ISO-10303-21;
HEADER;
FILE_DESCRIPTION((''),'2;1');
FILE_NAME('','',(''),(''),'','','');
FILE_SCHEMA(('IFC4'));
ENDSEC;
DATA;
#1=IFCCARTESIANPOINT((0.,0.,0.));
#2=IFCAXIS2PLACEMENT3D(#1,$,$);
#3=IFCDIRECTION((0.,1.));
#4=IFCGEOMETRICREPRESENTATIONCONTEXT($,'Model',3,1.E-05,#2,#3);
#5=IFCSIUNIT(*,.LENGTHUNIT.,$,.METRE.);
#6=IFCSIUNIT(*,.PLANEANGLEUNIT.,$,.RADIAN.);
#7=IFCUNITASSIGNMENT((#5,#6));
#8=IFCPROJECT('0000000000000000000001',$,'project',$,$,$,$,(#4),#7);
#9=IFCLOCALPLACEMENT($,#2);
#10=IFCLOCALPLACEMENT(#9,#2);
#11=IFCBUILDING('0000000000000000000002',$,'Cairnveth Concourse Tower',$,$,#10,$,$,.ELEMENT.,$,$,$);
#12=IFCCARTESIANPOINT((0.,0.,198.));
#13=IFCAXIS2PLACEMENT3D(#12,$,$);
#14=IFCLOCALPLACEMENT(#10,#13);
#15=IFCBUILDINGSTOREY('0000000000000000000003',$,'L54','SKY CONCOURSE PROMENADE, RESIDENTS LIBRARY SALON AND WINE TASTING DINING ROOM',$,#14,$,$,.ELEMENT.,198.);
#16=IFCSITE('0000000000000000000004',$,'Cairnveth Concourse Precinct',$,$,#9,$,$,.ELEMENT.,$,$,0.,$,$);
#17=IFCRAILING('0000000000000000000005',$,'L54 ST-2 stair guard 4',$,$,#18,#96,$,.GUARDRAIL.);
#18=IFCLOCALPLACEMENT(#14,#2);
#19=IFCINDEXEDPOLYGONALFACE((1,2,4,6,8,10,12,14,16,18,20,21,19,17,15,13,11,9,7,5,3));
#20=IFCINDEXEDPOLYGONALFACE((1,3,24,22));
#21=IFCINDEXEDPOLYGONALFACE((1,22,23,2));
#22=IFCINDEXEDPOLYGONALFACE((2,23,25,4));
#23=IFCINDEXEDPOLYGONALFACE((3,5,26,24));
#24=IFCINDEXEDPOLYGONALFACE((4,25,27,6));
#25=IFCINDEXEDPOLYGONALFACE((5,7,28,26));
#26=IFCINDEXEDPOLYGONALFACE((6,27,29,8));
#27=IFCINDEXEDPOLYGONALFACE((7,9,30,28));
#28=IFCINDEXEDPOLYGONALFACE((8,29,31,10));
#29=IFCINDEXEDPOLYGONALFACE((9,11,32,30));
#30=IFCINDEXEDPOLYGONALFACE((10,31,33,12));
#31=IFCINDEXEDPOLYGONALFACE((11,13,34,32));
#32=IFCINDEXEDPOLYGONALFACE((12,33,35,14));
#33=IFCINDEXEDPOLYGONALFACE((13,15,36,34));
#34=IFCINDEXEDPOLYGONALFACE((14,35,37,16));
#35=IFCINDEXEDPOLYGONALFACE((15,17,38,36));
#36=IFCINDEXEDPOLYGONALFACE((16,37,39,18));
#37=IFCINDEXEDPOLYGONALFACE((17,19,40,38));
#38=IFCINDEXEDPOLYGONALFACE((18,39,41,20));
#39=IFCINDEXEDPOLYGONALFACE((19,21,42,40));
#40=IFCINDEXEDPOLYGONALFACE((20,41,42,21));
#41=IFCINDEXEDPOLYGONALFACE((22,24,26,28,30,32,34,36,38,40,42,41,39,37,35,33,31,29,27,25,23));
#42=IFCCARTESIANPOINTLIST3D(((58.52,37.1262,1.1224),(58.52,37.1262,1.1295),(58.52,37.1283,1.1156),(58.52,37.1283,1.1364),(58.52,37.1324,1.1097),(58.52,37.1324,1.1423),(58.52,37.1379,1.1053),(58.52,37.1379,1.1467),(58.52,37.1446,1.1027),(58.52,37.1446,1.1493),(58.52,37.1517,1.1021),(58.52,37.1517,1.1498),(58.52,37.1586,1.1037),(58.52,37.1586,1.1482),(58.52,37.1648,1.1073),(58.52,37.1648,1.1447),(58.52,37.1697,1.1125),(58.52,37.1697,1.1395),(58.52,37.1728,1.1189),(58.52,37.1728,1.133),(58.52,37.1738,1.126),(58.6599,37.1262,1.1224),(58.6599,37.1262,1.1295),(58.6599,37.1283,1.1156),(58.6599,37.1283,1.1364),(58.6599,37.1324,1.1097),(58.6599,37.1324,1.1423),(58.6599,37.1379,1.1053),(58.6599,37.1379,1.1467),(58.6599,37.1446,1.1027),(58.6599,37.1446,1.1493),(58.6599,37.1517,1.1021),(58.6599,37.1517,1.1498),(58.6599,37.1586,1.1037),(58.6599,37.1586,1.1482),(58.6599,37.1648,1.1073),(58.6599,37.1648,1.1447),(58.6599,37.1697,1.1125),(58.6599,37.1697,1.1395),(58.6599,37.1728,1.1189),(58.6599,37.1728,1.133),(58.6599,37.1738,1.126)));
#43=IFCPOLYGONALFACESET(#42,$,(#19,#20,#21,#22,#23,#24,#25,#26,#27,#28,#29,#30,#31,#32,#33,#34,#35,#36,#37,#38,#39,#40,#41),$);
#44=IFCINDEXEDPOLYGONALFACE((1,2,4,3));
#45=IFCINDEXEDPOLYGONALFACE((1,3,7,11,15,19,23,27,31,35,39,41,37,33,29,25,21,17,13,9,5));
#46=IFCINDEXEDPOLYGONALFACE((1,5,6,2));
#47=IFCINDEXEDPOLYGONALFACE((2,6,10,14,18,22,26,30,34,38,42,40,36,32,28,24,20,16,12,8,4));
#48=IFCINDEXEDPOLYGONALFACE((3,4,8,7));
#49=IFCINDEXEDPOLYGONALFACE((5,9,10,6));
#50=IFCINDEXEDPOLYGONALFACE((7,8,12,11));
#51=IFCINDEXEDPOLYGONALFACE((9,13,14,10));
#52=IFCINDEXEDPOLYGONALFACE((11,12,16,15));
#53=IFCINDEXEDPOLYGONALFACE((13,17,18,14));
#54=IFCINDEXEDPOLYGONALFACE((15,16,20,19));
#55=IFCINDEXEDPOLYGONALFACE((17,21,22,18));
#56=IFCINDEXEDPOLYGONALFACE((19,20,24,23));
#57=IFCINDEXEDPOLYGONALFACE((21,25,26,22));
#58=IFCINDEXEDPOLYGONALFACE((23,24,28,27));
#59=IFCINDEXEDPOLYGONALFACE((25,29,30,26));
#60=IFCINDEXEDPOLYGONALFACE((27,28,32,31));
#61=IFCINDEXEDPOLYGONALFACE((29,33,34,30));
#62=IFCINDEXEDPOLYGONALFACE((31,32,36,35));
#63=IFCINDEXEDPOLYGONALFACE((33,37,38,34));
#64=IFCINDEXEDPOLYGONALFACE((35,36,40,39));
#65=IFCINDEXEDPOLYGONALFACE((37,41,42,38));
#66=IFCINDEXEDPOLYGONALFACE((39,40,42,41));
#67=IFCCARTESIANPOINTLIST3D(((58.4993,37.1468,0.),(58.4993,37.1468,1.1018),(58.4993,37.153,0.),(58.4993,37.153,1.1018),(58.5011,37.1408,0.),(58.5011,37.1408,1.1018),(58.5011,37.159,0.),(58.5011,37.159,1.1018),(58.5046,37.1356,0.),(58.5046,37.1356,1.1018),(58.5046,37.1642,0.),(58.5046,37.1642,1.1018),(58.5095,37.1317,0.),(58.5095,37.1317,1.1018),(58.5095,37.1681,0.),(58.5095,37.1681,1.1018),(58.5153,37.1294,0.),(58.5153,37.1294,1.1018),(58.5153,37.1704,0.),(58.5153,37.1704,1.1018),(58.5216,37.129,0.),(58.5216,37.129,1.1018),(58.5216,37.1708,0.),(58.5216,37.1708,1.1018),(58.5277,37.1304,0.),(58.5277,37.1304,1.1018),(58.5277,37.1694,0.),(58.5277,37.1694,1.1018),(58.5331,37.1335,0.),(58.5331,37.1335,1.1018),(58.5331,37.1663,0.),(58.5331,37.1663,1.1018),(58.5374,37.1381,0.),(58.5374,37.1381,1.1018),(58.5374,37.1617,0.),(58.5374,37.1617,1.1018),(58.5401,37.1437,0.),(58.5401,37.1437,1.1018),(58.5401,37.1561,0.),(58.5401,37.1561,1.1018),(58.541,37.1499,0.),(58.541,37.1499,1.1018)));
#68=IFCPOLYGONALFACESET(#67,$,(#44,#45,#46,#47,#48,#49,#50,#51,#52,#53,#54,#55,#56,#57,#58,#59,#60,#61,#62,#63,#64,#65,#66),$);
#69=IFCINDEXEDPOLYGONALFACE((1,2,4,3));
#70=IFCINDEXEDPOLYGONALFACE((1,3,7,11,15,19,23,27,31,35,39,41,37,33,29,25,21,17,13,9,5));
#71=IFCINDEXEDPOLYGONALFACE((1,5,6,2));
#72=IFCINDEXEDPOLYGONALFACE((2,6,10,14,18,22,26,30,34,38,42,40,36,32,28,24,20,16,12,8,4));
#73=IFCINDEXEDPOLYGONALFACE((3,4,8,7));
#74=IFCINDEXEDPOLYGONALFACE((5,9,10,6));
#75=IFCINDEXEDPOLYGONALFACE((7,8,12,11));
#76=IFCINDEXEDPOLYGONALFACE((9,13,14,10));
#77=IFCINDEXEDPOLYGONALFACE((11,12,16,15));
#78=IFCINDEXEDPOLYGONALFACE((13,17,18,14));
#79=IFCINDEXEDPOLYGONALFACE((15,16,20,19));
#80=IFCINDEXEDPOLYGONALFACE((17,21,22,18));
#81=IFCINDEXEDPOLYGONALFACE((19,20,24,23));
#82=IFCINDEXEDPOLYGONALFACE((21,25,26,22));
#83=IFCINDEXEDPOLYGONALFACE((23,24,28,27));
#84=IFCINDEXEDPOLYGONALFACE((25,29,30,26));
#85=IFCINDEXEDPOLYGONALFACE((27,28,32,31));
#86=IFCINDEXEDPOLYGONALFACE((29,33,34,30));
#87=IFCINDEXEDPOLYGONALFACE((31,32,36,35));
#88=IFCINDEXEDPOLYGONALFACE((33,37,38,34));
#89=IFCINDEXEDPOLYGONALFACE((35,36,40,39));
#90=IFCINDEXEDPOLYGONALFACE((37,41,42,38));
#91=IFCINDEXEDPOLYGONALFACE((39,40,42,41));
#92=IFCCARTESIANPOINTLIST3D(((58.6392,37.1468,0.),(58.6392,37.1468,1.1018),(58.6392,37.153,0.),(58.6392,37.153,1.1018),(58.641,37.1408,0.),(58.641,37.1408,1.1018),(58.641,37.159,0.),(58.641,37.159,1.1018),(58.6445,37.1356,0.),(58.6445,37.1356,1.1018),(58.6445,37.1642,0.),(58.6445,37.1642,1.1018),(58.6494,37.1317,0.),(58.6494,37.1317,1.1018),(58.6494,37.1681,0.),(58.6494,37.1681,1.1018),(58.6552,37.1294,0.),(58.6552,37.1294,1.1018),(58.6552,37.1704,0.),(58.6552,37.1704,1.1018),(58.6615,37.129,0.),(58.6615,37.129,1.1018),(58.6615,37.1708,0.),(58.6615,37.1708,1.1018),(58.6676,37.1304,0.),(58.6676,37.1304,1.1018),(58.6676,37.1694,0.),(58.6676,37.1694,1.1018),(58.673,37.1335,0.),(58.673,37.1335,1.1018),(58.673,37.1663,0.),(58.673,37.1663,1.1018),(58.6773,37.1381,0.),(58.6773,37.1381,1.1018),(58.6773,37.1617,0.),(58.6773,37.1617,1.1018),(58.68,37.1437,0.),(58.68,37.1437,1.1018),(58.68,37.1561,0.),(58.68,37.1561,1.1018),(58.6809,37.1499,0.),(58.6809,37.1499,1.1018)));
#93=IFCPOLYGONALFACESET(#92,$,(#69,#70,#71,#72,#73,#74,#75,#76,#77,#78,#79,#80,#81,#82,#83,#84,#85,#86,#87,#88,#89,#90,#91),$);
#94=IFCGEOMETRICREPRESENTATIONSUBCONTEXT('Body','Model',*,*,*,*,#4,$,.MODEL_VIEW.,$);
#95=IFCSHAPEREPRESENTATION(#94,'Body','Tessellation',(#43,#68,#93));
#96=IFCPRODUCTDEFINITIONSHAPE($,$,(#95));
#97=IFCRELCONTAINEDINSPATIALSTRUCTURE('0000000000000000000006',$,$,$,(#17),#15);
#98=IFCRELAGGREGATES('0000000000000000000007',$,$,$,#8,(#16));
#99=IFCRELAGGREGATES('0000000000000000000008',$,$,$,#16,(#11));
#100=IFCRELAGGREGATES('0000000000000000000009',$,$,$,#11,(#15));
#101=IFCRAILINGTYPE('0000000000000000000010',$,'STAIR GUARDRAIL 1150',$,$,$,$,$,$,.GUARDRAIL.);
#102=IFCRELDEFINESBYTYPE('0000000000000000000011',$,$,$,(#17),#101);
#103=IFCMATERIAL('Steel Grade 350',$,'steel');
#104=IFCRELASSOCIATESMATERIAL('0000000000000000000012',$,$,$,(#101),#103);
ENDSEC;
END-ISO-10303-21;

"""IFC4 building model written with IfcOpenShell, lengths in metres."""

from ifc_helpers import new_model, si_unit, direction, frame, origin, origin_2d, place, context, subcontext, project, spatial, circle, extrude, material, type_object, element, save


model = new_model("IFC4")

# Units and contexts
model_context = context("Model", 3, precision=1e-05, world=origin(), true_north=direction((0.0, 1.0)))
body_context = subcontext(model_context, "Body", "Model", "MODEL_VIEW")
ifc_project = project(units=[si_unit("LENGTHUNIT", "METRE"), si_unit("PLANEANGLEUNIT", "RADIAN")], contexts=[model_context])

# Site, building, storey
site_placement = place(None, origin())
site = spatial("IfcSite", under=ifc_project, at=site_placement, Name="Cairnveth Concourse Precinct", CompositionType="ELEMENT", RefElevation=0.0)
building_placement = place(site_placement, origin())
building = spatial("IfcBuilding", under=site, at=building_placement, Name="Cairnveth Concourse Tower", CompositionType="ELEMENT")
storey_placement = place(building_placement, frame((0.0, 0.0, 198.0)))
storey = spatial("IfcBuildingStorey", under=building, at=storey_placement, Name="L54", Description="SKY CONCOURSE PROMENADE, RESIDENTS LIBRARY SALON AND WINE TASTING DINING ROOM", CompositionType="ELEMENT", Elevation=198.0)

# Shared definitions
ifc_material_1 = material(Name="Steel Grade 350", Category="steel")

# Railing
railing_type_1 = type_object("IfcRailingType", Name="STAIR GUARDRAIL 1150", PredefinedType="GUARDRAIL", material=ifc_material_1)
railing_1_placement = place(storey_placement, frame((58.52, 37.1499, 0.0)))
element("IfcRailing", 1, at=railing_1_placement, inside=storey, type_object=railing_type_1, Name="L54 ST-2 stair guard 4", PredefinedType="GUARDRAIL", context=body_context, shape_type="SweptSolid", body=[
    extrude(circle(Radius=0.0239, at=origin_2d()), frame((0.0, 0.0, 1.126), z_axis=(1.0, 0.0, 0.0), x_axis=(0.0, 1.0, 0.0)), (0.0, 0.0, 1.0), 0.1399),
    extrude(circle(Radius=0.021, at=origin_2d()), origin(), (0.0, 0.0, 1.0), 1.1018),
    extrude(circle(Radius=0.021, at=origin_2d()), frame((0.1399, 0.0, 0.0)), (0.0, 0.0, 1.0), 1.1018),
])

save(model, "model.ifc")
